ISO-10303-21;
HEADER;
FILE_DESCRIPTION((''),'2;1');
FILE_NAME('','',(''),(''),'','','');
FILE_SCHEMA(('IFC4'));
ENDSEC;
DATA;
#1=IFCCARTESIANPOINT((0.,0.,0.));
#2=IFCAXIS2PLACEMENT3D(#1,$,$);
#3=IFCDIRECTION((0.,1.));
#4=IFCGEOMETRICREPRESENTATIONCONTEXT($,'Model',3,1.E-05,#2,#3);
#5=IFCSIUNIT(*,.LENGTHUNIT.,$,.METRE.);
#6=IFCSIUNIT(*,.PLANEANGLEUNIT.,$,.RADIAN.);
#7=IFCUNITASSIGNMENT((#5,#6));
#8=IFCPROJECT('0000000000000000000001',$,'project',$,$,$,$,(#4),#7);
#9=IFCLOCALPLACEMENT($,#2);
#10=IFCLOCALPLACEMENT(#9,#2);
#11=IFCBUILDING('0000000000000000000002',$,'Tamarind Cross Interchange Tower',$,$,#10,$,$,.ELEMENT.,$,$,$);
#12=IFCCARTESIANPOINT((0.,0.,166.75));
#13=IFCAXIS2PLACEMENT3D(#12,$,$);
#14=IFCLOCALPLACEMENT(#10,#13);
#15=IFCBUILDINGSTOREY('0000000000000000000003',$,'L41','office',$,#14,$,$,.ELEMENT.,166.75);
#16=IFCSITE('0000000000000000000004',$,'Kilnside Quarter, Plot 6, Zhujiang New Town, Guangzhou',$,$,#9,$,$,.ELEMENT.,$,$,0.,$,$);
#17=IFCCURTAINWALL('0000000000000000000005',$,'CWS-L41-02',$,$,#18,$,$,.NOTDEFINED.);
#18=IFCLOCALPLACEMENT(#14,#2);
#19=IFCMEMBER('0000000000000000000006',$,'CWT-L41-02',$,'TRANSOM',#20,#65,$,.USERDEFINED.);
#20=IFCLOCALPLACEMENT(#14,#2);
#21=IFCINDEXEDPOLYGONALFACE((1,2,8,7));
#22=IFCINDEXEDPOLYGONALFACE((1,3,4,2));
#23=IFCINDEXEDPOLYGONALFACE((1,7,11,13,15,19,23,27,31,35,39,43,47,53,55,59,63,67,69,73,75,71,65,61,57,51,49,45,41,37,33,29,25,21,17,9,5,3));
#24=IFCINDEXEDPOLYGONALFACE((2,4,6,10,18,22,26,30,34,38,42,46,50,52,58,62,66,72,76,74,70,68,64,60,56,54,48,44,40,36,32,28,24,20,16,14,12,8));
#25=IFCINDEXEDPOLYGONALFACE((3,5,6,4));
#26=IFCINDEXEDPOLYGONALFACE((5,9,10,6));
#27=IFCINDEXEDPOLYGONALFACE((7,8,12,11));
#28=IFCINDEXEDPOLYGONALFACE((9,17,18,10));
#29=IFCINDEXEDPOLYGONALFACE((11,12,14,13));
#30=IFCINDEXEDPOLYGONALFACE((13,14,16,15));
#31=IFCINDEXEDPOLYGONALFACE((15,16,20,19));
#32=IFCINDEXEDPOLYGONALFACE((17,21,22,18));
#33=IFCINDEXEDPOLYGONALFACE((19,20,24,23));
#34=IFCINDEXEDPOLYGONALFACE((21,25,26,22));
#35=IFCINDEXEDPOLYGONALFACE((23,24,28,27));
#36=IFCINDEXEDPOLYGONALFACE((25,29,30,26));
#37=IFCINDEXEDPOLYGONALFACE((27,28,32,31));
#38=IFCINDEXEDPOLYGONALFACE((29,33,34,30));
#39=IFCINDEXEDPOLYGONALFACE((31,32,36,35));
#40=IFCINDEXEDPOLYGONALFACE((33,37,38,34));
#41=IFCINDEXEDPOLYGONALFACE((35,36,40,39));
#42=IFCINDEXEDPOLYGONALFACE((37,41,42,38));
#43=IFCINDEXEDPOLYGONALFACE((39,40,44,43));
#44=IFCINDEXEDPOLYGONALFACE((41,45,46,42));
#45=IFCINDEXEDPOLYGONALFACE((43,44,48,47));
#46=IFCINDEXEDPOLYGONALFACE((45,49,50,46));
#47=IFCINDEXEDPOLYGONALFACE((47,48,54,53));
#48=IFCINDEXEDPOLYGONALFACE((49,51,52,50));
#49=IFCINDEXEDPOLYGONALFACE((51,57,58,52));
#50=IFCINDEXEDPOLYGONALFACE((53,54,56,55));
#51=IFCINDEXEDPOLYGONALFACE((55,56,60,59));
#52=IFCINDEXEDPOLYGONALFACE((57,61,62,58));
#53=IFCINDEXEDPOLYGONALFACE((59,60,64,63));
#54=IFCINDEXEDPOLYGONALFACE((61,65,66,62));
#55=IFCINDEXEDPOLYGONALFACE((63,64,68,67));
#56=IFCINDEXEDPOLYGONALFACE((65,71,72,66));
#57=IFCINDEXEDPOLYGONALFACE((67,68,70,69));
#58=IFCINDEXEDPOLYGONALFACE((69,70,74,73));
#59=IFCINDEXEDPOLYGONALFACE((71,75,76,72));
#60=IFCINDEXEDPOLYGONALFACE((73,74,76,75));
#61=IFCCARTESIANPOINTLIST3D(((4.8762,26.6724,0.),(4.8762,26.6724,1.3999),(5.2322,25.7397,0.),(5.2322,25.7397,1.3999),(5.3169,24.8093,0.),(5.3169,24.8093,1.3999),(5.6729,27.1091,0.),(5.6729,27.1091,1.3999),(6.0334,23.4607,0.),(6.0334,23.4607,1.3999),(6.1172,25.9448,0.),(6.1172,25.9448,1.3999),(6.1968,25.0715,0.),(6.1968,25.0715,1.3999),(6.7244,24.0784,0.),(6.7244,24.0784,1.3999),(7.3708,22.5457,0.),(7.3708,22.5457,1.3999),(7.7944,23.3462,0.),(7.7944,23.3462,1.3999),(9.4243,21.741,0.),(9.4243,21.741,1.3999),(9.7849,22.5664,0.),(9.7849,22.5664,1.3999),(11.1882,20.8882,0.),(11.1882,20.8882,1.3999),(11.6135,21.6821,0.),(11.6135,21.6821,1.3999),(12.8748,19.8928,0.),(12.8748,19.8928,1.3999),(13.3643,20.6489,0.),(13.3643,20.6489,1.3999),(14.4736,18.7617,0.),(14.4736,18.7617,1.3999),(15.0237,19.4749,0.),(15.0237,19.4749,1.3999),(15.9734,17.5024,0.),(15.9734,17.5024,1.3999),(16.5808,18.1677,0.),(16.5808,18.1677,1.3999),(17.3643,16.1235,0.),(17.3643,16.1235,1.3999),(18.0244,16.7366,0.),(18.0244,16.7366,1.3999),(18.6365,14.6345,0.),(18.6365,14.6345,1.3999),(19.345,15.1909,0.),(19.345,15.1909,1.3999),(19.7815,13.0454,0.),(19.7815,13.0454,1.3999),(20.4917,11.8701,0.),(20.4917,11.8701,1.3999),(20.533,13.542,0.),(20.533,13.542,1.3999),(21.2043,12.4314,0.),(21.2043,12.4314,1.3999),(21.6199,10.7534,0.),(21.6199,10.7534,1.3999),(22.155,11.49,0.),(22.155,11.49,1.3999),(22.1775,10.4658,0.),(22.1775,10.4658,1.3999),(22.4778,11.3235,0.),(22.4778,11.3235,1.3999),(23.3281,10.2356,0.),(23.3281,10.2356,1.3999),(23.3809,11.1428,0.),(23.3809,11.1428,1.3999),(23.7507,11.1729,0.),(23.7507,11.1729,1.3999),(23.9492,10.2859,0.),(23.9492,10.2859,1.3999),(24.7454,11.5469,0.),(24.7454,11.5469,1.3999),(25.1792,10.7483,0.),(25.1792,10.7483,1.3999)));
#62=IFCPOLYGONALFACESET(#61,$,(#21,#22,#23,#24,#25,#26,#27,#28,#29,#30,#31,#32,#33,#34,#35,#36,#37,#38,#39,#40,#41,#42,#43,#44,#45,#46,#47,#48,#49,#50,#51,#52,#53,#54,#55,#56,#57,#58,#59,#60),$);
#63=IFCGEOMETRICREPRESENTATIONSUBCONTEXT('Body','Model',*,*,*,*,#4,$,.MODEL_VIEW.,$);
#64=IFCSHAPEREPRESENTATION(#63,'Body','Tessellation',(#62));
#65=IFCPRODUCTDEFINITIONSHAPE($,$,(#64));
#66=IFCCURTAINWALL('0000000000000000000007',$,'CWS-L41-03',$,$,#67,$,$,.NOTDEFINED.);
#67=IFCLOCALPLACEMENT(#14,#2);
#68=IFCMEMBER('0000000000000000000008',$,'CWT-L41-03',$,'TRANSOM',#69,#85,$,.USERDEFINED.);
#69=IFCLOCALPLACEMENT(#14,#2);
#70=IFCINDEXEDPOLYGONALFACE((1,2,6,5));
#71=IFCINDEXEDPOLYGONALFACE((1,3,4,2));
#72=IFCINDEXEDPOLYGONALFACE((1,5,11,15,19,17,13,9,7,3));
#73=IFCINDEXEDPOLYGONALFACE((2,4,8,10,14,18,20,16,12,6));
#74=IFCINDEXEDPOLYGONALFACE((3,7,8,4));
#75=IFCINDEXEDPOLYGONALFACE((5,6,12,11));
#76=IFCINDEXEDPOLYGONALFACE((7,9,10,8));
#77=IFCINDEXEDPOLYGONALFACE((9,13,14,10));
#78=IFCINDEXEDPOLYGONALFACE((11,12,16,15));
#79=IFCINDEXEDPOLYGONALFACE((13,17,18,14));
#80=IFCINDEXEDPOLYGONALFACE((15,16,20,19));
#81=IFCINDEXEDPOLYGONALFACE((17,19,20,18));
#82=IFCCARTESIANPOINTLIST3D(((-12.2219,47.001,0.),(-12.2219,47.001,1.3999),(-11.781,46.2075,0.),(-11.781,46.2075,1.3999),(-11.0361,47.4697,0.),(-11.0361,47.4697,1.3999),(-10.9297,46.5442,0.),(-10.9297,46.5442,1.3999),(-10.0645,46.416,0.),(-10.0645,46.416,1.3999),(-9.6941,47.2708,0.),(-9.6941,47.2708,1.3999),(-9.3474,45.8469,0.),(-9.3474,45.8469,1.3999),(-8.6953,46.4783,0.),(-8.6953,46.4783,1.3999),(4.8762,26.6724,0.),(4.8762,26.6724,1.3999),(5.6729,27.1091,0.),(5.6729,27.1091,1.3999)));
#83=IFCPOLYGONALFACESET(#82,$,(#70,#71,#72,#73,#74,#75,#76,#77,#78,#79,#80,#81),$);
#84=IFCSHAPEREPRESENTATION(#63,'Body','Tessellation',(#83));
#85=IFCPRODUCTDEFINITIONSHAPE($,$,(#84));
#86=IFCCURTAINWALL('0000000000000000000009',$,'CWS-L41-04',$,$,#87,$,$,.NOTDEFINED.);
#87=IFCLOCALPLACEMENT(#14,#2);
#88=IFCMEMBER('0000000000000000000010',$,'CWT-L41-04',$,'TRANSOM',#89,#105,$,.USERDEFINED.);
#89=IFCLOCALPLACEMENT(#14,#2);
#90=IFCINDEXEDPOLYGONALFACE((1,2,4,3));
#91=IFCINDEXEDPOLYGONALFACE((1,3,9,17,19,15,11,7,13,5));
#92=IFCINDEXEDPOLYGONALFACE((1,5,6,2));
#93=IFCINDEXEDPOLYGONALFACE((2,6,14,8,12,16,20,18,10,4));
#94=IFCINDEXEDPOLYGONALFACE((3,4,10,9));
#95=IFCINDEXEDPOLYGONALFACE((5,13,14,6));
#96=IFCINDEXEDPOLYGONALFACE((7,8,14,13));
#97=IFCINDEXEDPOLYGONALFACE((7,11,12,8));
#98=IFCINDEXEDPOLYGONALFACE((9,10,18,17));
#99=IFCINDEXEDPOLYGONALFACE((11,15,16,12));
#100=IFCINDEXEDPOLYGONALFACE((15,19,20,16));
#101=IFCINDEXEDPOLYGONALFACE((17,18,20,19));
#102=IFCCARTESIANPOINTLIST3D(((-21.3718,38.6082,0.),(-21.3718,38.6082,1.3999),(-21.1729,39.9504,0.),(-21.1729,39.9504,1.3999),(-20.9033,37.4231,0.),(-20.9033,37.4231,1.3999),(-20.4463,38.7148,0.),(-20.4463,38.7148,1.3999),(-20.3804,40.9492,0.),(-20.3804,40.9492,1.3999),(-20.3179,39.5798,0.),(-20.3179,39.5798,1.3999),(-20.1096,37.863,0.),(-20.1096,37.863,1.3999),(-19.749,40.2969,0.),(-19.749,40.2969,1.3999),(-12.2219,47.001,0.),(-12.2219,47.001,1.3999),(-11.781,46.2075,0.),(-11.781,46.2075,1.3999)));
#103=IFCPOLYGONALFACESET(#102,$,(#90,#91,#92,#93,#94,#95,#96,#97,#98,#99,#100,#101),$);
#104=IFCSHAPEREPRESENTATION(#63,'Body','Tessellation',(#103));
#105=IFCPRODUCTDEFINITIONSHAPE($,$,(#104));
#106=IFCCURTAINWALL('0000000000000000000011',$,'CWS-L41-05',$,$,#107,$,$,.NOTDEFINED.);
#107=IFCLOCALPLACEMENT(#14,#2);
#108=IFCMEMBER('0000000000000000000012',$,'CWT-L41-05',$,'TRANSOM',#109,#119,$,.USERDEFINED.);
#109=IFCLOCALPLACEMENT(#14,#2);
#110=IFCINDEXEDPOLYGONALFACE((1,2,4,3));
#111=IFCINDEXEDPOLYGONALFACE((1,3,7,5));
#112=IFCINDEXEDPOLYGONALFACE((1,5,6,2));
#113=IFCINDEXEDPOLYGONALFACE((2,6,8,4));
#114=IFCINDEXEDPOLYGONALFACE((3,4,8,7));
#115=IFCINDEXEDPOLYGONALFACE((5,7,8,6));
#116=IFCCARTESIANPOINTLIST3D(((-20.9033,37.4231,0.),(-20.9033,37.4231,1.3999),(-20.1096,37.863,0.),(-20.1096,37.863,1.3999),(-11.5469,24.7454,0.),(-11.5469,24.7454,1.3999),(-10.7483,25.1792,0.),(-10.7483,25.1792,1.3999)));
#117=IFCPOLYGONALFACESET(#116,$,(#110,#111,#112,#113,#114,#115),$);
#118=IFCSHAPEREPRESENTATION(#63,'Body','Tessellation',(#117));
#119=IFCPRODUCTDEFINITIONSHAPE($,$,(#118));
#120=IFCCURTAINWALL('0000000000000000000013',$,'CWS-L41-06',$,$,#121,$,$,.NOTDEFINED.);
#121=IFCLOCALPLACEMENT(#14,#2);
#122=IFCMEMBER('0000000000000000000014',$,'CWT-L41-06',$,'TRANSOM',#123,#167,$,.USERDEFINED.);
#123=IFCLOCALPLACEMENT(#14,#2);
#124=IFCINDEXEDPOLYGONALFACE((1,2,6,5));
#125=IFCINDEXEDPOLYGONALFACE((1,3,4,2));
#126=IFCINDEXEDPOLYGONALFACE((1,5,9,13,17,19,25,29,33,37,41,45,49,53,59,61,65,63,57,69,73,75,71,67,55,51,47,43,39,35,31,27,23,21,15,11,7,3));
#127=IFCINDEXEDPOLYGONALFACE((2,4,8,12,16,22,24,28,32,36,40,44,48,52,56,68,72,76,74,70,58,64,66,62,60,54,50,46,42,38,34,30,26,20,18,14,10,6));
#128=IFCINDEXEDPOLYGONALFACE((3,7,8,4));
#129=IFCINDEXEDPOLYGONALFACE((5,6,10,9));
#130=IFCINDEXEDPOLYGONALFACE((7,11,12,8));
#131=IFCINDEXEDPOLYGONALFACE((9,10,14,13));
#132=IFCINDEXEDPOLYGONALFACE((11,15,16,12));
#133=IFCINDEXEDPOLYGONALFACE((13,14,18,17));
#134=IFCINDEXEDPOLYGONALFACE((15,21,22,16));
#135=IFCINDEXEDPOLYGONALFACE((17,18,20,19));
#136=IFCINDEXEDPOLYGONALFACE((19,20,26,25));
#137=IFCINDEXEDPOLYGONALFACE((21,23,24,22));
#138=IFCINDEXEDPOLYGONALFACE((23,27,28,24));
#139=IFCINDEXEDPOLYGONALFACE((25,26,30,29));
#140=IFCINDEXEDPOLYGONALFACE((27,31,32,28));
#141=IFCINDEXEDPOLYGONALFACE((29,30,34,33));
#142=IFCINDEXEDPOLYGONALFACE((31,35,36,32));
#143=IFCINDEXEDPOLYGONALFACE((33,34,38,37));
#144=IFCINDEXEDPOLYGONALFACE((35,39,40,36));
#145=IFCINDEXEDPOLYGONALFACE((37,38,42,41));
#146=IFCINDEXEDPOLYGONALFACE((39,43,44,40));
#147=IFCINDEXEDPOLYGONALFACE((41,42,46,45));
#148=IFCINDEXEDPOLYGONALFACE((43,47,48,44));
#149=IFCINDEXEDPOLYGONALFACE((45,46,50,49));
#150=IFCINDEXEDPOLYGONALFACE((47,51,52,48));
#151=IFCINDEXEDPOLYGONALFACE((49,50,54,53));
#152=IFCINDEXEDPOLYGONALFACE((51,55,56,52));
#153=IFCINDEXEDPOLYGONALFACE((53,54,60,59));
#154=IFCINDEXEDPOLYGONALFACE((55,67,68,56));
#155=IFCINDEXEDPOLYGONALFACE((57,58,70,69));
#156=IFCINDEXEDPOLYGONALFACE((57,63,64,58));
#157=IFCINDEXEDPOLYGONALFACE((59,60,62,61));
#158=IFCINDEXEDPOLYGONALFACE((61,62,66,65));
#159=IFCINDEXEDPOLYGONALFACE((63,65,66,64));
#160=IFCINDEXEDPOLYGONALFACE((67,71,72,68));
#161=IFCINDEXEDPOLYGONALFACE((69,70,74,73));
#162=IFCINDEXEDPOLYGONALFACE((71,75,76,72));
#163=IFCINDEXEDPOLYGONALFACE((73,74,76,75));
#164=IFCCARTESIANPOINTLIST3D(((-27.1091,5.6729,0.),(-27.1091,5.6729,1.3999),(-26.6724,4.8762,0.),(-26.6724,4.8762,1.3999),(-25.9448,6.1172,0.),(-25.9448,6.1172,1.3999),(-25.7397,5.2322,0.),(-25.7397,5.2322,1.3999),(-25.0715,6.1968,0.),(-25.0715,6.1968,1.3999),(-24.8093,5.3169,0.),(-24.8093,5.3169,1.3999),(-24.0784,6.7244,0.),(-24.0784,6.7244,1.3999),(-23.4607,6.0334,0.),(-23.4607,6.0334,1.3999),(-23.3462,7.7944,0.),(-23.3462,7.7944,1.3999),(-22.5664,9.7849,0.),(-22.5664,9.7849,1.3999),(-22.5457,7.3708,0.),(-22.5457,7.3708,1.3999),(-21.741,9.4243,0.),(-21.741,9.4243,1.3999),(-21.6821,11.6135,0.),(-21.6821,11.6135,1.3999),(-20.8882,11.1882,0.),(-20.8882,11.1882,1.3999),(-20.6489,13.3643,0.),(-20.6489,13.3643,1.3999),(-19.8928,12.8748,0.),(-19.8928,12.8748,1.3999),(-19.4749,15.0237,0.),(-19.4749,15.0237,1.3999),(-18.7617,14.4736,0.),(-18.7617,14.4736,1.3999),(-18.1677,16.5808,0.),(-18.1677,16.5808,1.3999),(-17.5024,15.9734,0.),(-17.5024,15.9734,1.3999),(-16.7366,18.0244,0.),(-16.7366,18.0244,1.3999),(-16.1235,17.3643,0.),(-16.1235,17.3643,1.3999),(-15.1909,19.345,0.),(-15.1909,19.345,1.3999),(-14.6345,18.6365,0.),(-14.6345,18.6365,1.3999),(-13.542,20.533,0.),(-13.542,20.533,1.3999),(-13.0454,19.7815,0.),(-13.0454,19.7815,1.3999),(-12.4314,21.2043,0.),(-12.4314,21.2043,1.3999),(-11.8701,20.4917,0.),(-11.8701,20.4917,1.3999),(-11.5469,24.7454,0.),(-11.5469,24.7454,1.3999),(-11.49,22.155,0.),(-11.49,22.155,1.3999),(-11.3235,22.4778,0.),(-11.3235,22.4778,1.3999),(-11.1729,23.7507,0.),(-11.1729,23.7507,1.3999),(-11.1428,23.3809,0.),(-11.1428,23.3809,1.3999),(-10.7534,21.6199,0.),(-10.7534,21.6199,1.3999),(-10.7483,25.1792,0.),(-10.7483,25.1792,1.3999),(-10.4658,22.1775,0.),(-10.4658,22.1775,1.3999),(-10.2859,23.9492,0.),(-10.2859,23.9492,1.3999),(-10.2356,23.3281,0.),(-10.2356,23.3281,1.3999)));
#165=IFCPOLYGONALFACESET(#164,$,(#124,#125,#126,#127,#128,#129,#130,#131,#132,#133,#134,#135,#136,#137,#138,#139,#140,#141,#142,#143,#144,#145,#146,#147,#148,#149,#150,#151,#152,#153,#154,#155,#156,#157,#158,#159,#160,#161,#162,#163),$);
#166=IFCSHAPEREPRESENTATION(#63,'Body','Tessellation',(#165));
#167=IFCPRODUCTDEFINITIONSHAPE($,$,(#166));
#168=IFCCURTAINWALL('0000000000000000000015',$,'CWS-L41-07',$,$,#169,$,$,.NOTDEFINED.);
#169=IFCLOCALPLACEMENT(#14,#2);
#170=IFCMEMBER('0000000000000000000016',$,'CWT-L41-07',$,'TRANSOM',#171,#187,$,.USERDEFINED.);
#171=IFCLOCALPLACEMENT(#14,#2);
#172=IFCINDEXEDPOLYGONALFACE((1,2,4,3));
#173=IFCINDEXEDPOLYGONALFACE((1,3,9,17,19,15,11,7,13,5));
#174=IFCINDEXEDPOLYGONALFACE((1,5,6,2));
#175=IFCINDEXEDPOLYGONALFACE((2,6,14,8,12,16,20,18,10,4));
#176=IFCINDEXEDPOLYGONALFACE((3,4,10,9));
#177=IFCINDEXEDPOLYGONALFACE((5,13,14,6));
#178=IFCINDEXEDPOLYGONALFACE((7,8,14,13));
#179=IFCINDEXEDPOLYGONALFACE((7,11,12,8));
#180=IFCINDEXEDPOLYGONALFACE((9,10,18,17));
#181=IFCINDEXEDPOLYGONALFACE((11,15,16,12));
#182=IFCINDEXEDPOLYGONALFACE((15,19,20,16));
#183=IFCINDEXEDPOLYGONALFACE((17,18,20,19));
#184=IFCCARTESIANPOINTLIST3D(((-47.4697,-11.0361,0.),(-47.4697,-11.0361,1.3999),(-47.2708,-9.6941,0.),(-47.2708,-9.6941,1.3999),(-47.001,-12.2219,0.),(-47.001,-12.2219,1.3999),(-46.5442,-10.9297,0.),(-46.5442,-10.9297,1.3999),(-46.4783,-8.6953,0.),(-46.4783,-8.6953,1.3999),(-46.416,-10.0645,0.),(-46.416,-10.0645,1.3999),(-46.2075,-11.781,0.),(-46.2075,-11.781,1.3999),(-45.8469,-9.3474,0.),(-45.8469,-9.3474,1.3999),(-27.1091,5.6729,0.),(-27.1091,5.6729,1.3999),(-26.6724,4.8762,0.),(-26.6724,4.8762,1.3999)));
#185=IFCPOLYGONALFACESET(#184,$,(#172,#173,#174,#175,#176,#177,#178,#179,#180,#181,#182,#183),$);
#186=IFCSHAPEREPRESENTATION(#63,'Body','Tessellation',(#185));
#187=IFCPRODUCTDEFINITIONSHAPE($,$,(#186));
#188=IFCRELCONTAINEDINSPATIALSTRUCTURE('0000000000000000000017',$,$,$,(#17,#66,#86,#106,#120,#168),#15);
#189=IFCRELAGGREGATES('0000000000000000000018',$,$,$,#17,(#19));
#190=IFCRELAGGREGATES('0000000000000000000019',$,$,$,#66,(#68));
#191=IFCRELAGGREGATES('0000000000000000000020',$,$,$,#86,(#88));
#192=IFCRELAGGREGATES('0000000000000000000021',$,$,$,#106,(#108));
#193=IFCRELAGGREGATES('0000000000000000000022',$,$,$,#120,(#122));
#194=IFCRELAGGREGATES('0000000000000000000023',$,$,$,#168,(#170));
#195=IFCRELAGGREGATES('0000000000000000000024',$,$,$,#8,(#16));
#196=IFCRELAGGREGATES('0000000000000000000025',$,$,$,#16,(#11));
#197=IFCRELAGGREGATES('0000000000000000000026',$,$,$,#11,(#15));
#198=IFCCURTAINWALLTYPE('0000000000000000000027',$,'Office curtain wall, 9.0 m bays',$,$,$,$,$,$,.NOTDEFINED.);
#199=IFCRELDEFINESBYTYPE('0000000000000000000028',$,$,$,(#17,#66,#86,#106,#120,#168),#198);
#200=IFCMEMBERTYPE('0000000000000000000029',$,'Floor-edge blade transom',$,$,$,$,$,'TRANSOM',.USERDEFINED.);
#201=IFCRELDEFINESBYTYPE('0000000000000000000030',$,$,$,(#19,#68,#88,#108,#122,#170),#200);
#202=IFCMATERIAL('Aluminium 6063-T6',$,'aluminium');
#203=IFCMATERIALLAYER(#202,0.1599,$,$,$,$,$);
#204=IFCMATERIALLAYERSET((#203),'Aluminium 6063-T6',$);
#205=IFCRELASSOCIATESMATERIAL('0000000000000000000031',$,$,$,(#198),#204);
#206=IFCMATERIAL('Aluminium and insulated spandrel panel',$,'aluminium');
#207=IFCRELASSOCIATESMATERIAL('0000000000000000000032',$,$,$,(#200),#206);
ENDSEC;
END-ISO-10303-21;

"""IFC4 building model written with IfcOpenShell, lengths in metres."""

from ifc_helpers import new_model, si_unit, direction, frame, origin, place, context, subcontext, project, spatial, polyline, outline, extrude, material, layer, layer_set, type_object, element, aggregate, save


model = new_model("IFC4")

# Units and contexts
model_context = context("Model", 3, precision=1e-05, world=origin(), true_north=direction((0.0, 1.0)))
body_context = subcontext(model_context, "Body", "Model", "MODEL_VIEW")
ifc_project = project(units=[si_unit("LENGTHUNIT", "METRE"), si_unit("PLANEANGLEUNIT", "RADIAN")], contexts=[model_context])

# Site, building, storey
site_placement = place(None, origin())
site = spatial("IfcSite", under=ifc_project, at=site_placement, Name="Kilnside Quarter, Plot 6, Zhujiang New Town, Guangzhou", CompositionType="ELEMENT", RefElevation=0.0)
building_placement = place(site_placement, origin())
building = spatial("IfcBuilding", under=site, at=building_placement, Name="Tamarind Cross Interchange Tower", CompositionType="ELEMENT")
storey_placement = place(building_placement, frame((0.0, 0.0, 166.75)))
storey = spatial("IfcBuildingStorey", under=building, at=storey_placement, Name="L41", Description="office", CompositionType="ELEMENT", Elevation=166.75)

# Curtain walls, members
ifc_material_1 = material(Name="Aluminium 6063-T6", Category="aluminium")
ifc_layer_1 = layer(ifc_material_1, 0.1599)
ifc_layer_set_1 = layer_set([ifc_layer_1], Name="Aluminium 6063-T6")
curtain_wall_type = type_object("IfcCurtainWallType", Name="Office curtain wall, 9.0 m bays", PredefinedType="NOTDEFINED", material=ifc_layer_set_1)
curtain_wall_1_placement = place(storey_placement, origin())
curtain_wall_1 = element("IfcCurtainWall", 1, at=curtain_wall_1_placement, inside=storey, type_object=curtain_wall_type, Name="CWS-L41-02", PredefinedType="NOTDEFINED")
ifc_material_2 = material(Name="Aluminium and insulated spandrel panel", Category="aluminium")
member_type = type_object("IfcMemberType", Name="Floor-edge blade transom", ElementType="TRANSOM", PredefinedType="USERDEFINED", material=ifc_material_2)
member_1_placement = place(storey_placement, origin())
member_1 = element("IfcMember", 2, at=member_1_placement, type_object=member_type, Name="CWT-L41-02", ObjectType="TRANSOM", PredefinedType="USERDEFINED", context=body_context, shape_type="SweptSolid", body=[
    extrude(outline(polyline([(25.1792, 10.7483), (23.9492, 10.2859), (23.3281, 10.2356), (22.1775, 10.4658), (21.6199, 10.7534), (20.4917, 11.8701), (19.7815, 13.0454), (18.6365, 14.6345), (17.3643, 16.1235), (15.9734, 17.5024), (14.4736, 18.7617), (12.8748, 19.8928), (11.1882, 20.8882), (9.4243, 21.741), (7.3708, 22.5457), (6.0334, 23.4607), (5.3169, 24.8093), (5.2322, 25.7397), (4.8762, 26.6724), (5.6729, 27.1091), (6.1172, 25.9448), (6.1968, 25.0715), (6.7244, 24.0784), (7.7944, 23.3462), (9.7849, 22.5664), (11.6135, 21.6821), (13.3643, 20.6489), (15.0237, 19.4749), (16.5808, 18.1677), (18.0244, 16.7366), (19.345, 15.1909), (20.533, 13.542), (21.2043, 12.4314), (22.155, 11.49), (22.4778, 11.3235), (23.3809, 11.1428), (23.7507, 11.1729), (24.7454, 11.5469), (25.1792, 10.7483)])), origin(), (0.0, 0.0, 1.0), 1.3999),
])
curtain_wall_2_placement = place(storey_placement, origin())
curtain_wall_2 = element("IfcCurtainWall", 3, at=curtain_wall_2_placement, inside=storey, type_object=curtain_wall_type, Name="CWS-L41-03", PredefinedType="NOTDEFINED")
member_2_placement = place(storey_placement, origin())
member_2 = element("IfcMember", 4, at=member_2_placement, type_object=member_type, Name="CWT-L41-03", ObjectType="TRANSOM", PredefinedType="USERDEFINED", context=body_context, shape_type="SweptSolid", body=[
    extrude(outline(polyline([(4.8762, 26.6724), (-9.3474, 45.8469), (-10.0645, 46.416), (-10.9297, 46.5442), (-11.781, 46.2075), (-12.2219, 47.001), (-11.0361, 47.4697), (-9.6941, 47.2708), (-8.6953, 46.4783), (5.6729, 27.1091), (4.8762, 26.6724)])), origin(), (0.0, 0.0, 1.0), 1.3999),
])
curtain_wall_3_placement = place(storey_placement, origin())
curtain_wall_3 = element("IfcCurtainWall", 5, at=curtain_wall_3_placement, inside=storey, type_object=curtain_wall_type, Name="CWS-L41-04", PredefinedType="NOTDEFINED")
member_3_placement = place(storey_placement, origin())
member_3 = element("IfcMember", 6, at=member_3_placement, type_object=member_type, Name="CWT-L41-04", ObjectType="TRANSOM", PredefinedType="USERDEFINED", context=body_context, shape_type="SweptSolid", body=[
    extrude(outline(polyline([(-11.781, 46.2075), (-19.749, 40.2969), (-20.3179, 39.5798), (-20.4463, 38.7148), (-20.1096, 37.863), (-20.9033, 37.4231), (-21.3718, 38.6082), (-21.1729, 39.9504), (-20.3804, 40.9492), (-12.2219, 47.001), (-11.781, 46.2075)])), origin(), (0.0, 0.0, 1.0), 1.3999),
])
curtain_wall_4_placement = place(storey_placement, origin())
curtain_wall_4 = element("IfcCurtainWall", 7, at=curtain_wall_4_placement, inside=storey, type_object=curtain_wall_type, Name="CWS-L41-05", PredefinedType="NOTDEFINED")
member_4_placement = place(storey_placement, origin())
member_4 = element("IfcMember", 8, at=member_4_placement, type_object=member_type, Name="CWT-L41-05", ObjectType="TRANSOM", PredefinedType="USERDEFINED", context=body_context, shape_type="SweptSolid", body=[
    extrude(outline(polyline([(-20.1096, 37.863), (-10.7483, 25.1792), (-11.5469, 24.7454), (-20.9033, 37.4231), (-20.1096, 37.863)])), origin(), (0.0, 0.0, 1.0), 1.3999),
])
curtain_wall_5_placement = place(storey_placement, origin())
curtain_wall_5 = element("IfcCurtainWall", 9, at=curtain_wall_5_placement, inside=storey, type_object=curtain_wall_type, Name="CWS-L41-06", PredefinedType="NOTDEFINED")
member_5_placement = place(storey_placement, origin())
member_5 = element("IfcMember", 10, at=member_5_placement, type_object=member_type, Name="CWT-L41-06", ObjectType="TRANSOM", PredefinedType="USERDEFINED", context=body_context, shape_type="SweptSolid", body=[
    extrude(outline(polyline([(-10.7483, 25.1792), (-10.2859, 23.9492), (-10.2356, 23.3281), (-10.4658, 22.1775), (-10.7534, 21.6199), (-11.8701, 20.4917), (-13.0454, 19.7815), (-14.6345, 18.6365), (-16.1235, 17.3643), (-17.5024, 15.9734), (-18.7617, 14.4736), (-19.8928, 12.8748), (-20.8882, 11.1882), (-21.741, 9.4243), (-22.5457, 7.3708), (-23.4607, 6.0334), (-24.8093, 5.3169), (-25.7397, 5.2322), (-26.6724, 4.8762), (-27.1091, 5.6729), (-25.9448, 6.1172), (-25.0715, 6.1968), (-24.0784, 6.7244), (-23.3462, 7.7944), (-22.5664, 9.7849), (-21.6821, 11.6135), (-20.6489, 13.3643), (-19.4749, 15.0237), (-18.1677, 16.5808), (-16.7366, 18.0244), (-15.1909, 19.345), (-13.542, 20.533), (-12.4314, 21.2043), (-11.49, 22.155), (-11.3235, 22.4778), (-11.1428, 23.3809), (-11.1729, 23.7507), (-11.5469, 24.7454), (-10.7483, 25.1792)])), origin(), (0.0, 0.0, 1.0), 1.3999),
])
curtain_wall_6_placement = place(storey_placement, origin())
curtain_wall_6 = element("IfcCurtainWall", 11, at=curtain_wall_6_placement, inside=storey, type_object=curtain_wall_type, Name="CWS-L41-07", PredefinedType="NOTDEFINED")
member_6_placement = place(storey_placement, origin())
member_6 = element("IfcMember", 12, at=member_6_placement, type_object=member_type, Name="CWT-L41-07", ObjectType="TRANSOM", PredefinedType="USERDEFINED", context=body_context, shape_type="SweptSolid", body=[
    extrude(outline(polyline([(-26.6724, 4.8762), (-45.8469, -9.3474), (-46.416, -10.0645), (-46.5442, -10.9297), (-46.2075, -11.781), (-47.001, -12.2219), (-47.4697, -11.0361), (-47.2708, -9.6941), (-46.4783, -8.6953), (-27.1091, 5.6729), (-26.6724, 4.8762)])), origin(), (0.0, 0.0, 1.0), 1.3999),
])

aggregate(curtain_wall_1, [member_1])
aggregate(curtain_wall_2, [member_2])
aggregate(curtain_wall_3, [member_3])
aggregate(curtain_wall_4, [member_4])
aggregate(curtain_wall_5, [member_5])
aggregate(curtain_wall_6, [member_6])

save(model, "model.ifc")
